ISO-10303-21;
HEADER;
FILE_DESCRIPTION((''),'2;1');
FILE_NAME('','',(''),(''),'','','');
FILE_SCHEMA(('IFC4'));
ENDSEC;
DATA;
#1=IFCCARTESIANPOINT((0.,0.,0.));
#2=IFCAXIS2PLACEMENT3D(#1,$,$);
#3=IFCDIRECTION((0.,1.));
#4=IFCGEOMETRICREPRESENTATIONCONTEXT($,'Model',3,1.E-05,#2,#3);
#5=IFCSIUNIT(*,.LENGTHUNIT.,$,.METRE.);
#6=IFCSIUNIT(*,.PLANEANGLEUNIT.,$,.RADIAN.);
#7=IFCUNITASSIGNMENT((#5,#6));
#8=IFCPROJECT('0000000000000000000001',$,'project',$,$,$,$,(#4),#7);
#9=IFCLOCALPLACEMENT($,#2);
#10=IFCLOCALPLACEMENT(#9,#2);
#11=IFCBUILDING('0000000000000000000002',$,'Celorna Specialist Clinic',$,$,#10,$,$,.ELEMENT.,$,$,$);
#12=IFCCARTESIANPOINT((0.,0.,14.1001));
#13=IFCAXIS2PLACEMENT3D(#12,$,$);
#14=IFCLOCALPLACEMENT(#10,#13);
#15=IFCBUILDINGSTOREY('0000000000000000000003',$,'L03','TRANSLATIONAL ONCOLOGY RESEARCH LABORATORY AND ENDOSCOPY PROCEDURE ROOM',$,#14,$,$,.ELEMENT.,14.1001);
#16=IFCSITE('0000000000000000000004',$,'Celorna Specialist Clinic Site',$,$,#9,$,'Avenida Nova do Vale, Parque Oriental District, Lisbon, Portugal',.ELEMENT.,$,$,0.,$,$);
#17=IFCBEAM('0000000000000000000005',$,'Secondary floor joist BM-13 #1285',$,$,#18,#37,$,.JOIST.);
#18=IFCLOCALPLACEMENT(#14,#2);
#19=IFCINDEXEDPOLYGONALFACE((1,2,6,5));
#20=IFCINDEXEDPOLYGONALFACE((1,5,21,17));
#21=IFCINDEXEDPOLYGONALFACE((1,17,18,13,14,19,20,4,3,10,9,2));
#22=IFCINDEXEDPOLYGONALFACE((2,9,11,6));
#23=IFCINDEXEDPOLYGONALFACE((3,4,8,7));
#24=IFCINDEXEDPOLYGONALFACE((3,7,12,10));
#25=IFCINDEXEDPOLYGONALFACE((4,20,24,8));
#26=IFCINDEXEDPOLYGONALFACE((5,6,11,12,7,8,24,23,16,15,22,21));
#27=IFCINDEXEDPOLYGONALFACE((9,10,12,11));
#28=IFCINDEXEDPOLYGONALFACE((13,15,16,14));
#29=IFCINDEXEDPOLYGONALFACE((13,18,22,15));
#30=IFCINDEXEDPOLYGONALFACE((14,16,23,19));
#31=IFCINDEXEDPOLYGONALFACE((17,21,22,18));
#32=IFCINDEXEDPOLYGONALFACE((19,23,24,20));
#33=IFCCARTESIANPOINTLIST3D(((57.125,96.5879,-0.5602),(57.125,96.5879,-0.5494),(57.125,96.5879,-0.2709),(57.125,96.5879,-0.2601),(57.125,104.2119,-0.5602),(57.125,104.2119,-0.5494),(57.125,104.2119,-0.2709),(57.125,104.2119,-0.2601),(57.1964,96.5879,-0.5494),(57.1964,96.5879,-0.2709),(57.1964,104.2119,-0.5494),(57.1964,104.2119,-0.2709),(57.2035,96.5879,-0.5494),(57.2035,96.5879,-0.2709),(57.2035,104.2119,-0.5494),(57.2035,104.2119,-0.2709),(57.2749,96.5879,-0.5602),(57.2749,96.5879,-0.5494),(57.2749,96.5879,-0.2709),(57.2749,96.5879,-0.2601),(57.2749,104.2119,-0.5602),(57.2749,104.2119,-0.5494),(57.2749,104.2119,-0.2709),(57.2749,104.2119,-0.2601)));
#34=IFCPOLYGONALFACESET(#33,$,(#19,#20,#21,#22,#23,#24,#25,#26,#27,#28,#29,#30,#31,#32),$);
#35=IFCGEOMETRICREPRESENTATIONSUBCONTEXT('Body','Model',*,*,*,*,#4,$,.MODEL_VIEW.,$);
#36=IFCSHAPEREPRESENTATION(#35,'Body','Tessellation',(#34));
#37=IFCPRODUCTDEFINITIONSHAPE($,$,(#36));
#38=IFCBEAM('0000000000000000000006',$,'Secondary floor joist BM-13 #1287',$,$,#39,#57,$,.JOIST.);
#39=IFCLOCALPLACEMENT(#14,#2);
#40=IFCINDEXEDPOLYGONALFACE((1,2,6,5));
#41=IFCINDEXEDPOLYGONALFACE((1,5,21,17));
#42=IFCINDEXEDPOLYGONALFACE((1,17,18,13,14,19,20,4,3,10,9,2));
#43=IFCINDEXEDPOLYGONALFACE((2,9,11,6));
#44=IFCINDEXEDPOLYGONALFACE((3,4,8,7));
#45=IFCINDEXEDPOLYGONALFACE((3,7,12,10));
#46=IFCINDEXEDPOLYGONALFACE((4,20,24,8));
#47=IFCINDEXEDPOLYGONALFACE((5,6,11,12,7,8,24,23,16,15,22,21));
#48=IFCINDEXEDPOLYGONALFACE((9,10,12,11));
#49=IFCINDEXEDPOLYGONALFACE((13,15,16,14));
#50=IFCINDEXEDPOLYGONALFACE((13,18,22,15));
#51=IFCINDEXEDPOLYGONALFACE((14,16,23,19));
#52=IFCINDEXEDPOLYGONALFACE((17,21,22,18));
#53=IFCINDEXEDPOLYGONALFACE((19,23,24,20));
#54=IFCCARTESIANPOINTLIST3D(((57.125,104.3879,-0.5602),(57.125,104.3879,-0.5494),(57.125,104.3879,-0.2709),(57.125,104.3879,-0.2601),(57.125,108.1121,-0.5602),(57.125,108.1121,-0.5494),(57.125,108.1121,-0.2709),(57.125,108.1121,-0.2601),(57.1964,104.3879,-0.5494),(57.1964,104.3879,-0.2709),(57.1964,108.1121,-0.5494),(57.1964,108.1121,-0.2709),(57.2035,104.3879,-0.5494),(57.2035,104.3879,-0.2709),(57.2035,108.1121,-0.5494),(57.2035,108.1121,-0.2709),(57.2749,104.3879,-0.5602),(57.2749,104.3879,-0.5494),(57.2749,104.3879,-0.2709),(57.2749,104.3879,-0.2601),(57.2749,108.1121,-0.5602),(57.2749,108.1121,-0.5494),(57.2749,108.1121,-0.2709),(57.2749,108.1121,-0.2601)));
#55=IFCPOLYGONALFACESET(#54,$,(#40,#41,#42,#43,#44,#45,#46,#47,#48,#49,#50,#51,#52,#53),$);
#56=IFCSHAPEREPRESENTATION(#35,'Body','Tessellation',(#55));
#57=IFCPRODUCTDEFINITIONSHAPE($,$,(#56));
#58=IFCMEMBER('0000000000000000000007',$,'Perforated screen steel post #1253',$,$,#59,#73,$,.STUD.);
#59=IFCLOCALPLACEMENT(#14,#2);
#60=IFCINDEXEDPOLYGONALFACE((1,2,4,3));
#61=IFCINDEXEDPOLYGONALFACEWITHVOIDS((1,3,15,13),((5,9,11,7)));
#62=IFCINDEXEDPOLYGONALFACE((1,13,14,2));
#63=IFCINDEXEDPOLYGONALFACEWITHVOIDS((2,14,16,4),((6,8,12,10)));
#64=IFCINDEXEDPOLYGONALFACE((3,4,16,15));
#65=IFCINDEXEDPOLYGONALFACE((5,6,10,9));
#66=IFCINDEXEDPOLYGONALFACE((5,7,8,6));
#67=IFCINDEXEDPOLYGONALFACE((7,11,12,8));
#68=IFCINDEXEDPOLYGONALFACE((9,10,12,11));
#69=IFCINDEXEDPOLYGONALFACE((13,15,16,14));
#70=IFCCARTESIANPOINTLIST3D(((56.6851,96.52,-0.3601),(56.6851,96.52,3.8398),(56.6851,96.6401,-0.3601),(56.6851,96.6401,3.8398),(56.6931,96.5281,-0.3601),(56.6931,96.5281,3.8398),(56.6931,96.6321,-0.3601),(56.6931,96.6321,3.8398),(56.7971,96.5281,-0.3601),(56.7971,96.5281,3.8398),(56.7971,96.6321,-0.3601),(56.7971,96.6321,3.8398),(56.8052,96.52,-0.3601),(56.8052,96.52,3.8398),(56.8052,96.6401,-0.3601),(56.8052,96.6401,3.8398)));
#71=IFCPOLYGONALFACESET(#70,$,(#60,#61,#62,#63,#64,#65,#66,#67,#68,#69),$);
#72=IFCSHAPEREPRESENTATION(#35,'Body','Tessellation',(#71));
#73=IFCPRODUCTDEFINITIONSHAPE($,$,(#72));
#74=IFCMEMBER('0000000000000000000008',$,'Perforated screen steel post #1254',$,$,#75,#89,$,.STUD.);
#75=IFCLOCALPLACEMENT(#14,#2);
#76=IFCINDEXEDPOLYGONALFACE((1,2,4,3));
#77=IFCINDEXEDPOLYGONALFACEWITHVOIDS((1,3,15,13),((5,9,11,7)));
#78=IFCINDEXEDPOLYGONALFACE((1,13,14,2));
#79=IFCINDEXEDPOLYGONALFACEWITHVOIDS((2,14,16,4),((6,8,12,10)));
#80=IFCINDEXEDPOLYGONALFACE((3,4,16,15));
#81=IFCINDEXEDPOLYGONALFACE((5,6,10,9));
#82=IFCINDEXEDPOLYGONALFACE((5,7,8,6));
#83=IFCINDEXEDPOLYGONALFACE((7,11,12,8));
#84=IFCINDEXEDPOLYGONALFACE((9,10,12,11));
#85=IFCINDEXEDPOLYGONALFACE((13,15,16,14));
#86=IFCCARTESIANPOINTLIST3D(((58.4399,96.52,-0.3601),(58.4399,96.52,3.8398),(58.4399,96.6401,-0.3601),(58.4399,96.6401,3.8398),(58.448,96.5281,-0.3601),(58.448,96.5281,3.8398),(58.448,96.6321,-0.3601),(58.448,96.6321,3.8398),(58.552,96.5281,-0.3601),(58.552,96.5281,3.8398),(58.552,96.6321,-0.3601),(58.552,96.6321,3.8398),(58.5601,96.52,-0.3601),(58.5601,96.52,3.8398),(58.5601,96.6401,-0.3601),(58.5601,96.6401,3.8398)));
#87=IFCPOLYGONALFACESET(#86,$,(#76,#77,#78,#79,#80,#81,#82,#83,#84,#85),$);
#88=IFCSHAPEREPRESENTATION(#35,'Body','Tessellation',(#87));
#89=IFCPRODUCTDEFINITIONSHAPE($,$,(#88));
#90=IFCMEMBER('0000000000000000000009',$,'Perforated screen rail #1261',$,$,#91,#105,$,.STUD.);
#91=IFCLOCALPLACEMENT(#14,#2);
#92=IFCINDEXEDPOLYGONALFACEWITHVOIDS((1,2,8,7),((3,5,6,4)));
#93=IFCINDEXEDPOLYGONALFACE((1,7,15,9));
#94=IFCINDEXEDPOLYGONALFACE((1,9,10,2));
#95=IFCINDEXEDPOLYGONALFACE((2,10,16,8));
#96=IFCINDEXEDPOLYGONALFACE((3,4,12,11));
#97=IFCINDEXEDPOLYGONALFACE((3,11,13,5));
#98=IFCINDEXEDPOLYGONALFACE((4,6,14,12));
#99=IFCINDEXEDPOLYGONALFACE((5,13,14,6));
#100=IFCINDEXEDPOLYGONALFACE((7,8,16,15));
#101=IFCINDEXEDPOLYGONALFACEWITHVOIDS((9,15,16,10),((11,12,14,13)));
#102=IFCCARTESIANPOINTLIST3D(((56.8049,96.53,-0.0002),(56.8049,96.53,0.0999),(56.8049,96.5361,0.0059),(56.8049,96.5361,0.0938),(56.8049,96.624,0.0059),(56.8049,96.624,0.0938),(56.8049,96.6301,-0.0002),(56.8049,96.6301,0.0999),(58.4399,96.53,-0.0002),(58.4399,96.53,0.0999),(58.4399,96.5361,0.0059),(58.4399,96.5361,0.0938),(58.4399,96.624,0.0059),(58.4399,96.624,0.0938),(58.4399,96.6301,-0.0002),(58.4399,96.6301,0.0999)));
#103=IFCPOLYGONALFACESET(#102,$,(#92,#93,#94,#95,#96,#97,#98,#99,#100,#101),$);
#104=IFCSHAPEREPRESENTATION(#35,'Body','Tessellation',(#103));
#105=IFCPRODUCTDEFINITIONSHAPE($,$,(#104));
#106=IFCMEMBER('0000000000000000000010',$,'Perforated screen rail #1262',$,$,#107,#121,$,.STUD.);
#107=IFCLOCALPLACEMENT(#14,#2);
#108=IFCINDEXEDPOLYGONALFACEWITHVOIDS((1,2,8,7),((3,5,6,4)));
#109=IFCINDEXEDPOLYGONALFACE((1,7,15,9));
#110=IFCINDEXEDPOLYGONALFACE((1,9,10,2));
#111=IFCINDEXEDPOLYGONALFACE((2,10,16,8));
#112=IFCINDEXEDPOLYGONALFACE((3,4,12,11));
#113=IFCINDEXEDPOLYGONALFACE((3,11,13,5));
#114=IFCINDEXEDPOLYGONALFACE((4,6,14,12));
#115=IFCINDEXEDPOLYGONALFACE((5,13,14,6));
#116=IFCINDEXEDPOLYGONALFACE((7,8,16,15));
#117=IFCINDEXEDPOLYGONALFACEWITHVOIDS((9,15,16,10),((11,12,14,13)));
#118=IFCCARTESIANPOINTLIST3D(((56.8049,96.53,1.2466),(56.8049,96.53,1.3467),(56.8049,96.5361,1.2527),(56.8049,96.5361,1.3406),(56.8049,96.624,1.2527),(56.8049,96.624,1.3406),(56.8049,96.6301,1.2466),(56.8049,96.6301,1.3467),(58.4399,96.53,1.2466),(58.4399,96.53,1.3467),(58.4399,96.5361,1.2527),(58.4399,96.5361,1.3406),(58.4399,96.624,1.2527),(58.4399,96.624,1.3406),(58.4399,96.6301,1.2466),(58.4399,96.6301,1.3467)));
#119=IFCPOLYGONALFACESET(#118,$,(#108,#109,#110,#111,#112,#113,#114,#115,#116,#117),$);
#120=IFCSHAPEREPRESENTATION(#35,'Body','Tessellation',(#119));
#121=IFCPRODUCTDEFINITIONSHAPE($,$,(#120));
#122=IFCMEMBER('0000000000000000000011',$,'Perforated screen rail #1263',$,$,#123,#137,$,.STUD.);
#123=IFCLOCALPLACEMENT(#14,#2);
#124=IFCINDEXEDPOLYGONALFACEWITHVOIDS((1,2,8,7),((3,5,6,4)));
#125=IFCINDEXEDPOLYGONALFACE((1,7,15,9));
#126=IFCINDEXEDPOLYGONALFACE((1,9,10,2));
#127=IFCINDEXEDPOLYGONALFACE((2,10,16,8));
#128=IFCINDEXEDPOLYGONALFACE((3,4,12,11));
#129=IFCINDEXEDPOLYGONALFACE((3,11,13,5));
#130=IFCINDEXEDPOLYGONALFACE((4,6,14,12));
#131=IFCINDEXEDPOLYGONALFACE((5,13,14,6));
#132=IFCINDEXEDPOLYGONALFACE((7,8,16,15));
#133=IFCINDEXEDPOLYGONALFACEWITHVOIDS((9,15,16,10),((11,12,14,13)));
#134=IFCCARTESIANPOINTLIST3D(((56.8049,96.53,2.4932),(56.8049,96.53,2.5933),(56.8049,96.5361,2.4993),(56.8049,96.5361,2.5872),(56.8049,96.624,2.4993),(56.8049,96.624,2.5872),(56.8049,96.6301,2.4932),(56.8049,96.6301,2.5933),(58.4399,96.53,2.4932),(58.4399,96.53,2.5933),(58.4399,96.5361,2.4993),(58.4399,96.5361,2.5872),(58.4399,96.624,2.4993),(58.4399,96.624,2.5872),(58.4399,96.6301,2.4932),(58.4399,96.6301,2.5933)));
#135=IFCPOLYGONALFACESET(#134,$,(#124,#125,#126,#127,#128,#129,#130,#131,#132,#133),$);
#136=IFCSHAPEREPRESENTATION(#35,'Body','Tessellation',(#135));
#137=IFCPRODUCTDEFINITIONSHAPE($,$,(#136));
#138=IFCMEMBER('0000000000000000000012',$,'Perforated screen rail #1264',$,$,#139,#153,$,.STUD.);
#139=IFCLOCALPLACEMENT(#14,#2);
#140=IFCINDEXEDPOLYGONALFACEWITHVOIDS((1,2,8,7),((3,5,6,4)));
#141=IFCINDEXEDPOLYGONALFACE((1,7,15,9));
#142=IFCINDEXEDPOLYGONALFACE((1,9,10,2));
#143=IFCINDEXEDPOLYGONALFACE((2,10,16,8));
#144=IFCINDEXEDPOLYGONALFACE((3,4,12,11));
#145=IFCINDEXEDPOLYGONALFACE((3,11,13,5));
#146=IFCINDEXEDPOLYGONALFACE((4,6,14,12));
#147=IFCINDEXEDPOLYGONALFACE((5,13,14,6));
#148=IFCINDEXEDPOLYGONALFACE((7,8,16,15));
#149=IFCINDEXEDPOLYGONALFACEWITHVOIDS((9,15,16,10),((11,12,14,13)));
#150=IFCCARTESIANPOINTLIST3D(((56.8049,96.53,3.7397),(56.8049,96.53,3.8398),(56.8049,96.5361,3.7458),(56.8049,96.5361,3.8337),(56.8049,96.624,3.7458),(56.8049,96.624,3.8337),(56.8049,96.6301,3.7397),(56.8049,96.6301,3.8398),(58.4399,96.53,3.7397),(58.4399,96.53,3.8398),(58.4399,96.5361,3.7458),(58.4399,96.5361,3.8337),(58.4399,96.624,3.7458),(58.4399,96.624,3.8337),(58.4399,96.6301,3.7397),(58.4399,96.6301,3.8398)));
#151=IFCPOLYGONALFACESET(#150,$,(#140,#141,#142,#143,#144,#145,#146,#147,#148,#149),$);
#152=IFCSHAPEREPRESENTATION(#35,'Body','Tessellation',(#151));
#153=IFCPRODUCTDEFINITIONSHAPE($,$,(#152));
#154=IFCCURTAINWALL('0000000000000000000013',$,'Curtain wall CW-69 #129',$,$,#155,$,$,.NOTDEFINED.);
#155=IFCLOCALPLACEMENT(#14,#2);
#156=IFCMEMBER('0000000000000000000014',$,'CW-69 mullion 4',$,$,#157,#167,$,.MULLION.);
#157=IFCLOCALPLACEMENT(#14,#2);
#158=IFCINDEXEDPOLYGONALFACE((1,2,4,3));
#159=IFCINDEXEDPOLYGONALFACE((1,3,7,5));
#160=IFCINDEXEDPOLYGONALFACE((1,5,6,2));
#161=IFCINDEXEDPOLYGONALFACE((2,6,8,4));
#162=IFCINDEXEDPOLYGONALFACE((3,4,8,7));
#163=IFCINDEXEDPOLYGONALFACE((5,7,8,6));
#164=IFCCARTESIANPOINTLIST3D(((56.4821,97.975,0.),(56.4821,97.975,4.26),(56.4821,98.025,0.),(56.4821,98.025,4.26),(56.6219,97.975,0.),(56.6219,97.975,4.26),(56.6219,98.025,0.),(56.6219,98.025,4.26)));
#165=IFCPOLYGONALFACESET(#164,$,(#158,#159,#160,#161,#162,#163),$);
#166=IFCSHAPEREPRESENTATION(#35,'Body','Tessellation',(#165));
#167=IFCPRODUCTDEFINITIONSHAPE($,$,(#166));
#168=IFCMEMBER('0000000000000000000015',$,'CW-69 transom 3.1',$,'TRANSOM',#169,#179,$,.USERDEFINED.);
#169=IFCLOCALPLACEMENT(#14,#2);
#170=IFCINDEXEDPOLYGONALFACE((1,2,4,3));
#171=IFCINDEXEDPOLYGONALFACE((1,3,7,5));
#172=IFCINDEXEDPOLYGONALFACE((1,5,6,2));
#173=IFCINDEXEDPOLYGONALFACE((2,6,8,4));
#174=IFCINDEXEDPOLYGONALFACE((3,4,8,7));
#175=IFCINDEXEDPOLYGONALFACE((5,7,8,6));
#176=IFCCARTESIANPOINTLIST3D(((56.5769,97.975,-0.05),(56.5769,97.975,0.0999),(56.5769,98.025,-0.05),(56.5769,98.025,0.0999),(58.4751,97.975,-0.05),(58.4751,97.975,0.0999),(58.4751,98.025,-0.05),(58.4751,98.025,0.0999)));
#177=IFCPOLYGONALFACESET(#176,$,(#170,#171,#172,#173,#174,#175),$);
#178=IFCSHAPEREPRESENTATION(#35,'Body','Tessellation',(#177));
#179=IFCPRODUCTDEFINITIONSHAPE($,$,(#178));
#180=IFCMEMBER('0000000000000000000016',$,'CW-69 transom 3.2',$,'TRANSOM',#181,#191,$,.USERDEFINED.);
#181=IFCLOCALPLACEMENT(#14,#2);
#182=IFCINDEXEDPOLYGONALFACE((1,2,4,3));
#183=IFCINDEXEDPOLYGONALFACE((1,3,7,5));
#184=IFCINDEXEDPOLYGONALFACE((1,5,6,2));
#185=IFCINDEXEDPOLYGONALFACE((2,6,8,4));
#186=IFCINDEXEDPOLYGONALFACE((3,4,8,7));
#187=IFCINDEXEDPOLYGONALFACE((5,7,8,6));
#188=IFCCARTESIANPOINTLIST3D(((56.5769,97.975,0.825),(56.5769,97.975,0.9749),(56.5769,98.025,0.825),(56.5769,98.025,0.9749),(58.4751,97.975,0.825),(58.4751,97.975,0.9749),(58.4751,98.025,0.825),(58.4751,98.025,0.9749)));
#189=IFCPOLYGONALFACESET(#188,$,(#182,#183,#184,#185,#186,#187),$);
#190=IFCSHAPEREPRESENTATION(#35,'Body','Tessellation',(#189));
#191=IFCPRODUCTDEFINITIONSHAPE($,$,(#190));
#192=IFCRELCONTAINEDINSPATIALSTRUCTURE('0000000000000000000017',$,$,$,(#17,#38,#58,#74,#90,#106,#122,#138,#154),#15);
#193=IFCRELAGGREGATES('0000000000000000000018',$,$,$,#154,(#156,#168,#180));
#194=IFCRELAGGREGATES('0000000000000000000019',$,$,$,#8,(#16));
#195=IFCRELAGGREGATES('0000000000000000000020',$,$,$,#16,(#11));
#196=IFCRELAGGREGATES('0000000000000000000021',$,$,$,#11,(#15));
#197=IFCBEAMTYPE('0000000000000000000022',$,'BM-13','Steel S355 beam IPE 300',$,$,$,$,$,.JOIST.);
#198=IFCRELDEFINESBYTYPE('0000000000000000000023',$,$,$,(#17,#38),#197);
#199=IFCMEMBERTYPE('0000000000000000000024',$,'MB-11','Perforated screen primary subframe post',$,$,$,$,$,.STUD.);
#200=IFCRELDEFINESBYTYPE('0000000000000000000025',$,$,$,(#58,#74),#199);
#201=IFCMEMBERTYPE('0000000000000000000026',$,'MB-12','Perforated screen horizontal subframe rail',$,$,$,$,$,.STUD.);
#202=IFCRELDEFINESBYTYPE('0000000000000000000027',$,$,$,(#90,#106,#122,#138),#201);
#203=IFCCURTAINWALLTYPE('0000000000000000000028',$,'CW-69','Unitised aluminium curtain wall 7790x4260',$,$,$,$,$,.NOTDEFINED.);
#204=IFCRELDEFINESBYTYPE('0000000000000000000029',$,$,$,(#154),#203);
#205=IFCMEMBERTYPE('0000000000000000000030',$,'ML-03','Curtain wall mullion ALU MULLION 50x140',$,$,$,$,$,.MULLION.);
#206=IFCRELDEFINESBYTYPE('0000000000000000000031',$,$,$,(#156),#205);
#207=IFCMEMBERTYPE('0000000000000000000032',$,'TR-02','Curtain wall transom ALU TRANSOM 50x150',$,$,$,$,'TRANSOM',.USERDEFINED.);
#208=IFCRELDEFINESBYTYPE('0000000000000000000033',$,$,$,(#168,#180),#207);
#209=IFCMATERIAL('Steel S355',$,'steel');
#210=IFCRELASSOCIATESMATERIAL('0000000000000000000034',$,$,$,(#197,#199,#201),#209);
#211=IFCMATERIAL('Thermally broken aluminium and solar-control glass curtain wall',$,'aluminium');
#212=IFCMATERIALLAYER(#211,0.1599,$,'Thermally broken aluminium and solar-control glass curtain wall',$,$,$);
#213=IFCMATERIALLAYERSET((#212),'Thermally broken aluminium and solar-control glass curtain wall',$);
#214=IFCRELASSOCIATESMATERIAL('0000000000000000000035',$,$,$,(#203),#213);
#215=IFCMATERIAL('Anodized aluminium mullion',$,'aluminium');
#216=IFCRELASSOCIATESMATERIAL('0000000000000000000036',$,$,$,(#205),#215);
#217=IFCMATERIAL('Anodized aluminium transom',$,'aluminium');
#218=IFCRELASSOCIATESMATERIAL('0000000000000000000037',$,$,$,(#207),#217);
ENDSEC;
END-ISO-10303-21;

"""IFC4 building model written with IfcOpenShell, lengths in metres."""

from ifc_helpers import new_model, si_unit, direction, frame, origin, origin_2d, place, context, subcontext, project, spatial, rectangle, hollow_rectangle, i_section, extrude, material, layer, layer_set, material_profile, profile_set, type_object, element, aggregate, save


model = new_model("IFC4")

# Units and contexts
model_context = context("Model", 3, precision=1e-05, world=origin(), true_north=direction((0.0, 1.0)))
body_context = subcontext(model_context, "Body", "Model", "MODEL_VIEW")
ifc_project = project(units=[si_unit("LENGTHUNIT", "METRE"), si_unit("PLANEANGLEUNIT", "RADIAN")], contexts=[model_context])

# Site, building, storey
site_placement = place(None, origin())
site = spatial("IfcSite", under=ifc_project, at=site_placement, Name="Celorna Specialist Clinic Site", LongName="Avenida Nova do Vale, Parque Oriental District, Lisbon, Portugal", CompositionType="ELEMENT", RefElevation=0.0)
building_placement = place(site_placement, origin())
building = spatial("IfcBuilding", under=site, at=building_placement, Name="Celorna Specialist Clinic", CompositionType="ELEMENT")
storey_placement = place(building_placement, frame((0.0, 0.0, 14.1001)))
storey = spatial("IfcBuildingStorey", under=building, at=storey_placement, Name="L03", Description="TRANSLATIONAL ONCOLOGY RESEARCH LABORATORY AND ENDOSCOPY PROCEDURE ROOM", CompositionType="ELEMENT", Elevation=14.1001)

# Beams
ifc_material_1 = material(Name="Steel S355", Category="steel")
ifc_material_profile_1 = material_profile(ifc_material_1, i_section(OverallWidth=0.1499, OverallDepth=0.3, WebThickness=0.0071, FlangeThickness=0.0107, at=origin_2d()), Name="IPE 300")
ifc_profile_set_1 = profile_set([ifc_material_profile_1], Name="Steel S355")
beam_type = type_object("IfcBeamType", Name="BM-13", Description="Steel S355 beam IPE 300", PredefinedType="JOIST", material=ifc_profile_set_1)
beam_1_placement = place(storey_placement, frame((57.2, 96.5879, -0.4102), z_axis=(0.0, 1.0, 0.0), x_axis=(-1.0, 0.0, 0.0)))
element("IfcBeam", 1, at=beam_1_placement, inside=storey, type_object=beam_type, Name="Secondary floor joist BM-13 #1285", PredefinedType="JOIST", context=body_context, shape_type="SweptSolid", body=[
    extrude(i_section(OverallWidth=0.1499, OverallDepth=0.3, WebThickness=0.0071, FlangeThickness=0.0107, at=origin_2d()), origin(), (0.0, 0.0, 1.0), 7.624),
])
beam_2_placement = place(storey_placement, frame((57.2, 104.3879, -0.4102), z_axis=(0.0, 1.0, 0.0), x_axis=(-1.0, 0.0, 0.0)))
element("IfcBeam", 2, at=beam_2_placement, inside=storey, type_object=beam_type, Name="Secondary floor joist BM-13 #1287", PredefinedType="JOIST", context=body_context, shape_type="SweptSolid", body=[
    extrude(i_section(OverallWidth=0.1499, OverallDepth=0.3, WebThickness=0.0071, FlangeThickness=0.0107, at=origin_2d()), origin(), (0.0, 0.0, 1.0), 3.7241),
])

# Members
ifc_material_profile_2 = material_profile(ifc_material_1, hollow_rectangle(XDim=0.1201, YDim=0.1201, WallThickness=0.0081, at=origin_2d()), Name="SHS 120x120x8")
ifc_profile_set_2 = profile_set([ifc_material_profile_2], Name="Steel S355")
member_type_1 = type_object("IfcMemberType", Name="MB-11", Description="Perforated screen primary subframe post", PredefinedType="STUD", material=ifc_profile_set_2)
for number, where, z_axis, x_axis, name in (
    (3, (56.7451, 96.5801, -0.3601), (0.0, 0.0, 1.0), (1.0, 0.0, 0.0), "Perforated screen steel post #1253"),
    (4, (58.5, 96.5801, -0.3601), (0.0, 0.0, 1.0), (1.0, 0.0, 0.0), "Perforated screen steel post #1254"),
):
    element("IfcMember", number, at=place(storey_placement, frame(where, z_axis=z_axis, x_axis=x_axis)), inside=storey, type_object=member_type_1, Name=name, PredefinedType="STUD", context=body_context, shape_type="SweptSolid", body=[
        extrude(hollow_rectangle(XDim=0.1201, YDim=0.1201, WallThickness=0.0081, at=origin_2d()), origin(), (0.0, 0.0, 1.0), 4.2),
    ])
ifc_material_profile_3 = material_profile(ifc_material_1, hollow_rectangle(XDim=0.1001, YDim=0.1001, WallThickness=0.0061, at=origin_2d()), Name="SHS 100x100x6")
ifc_profile_set_3 = profile_set([ifc_material_profile_3], Name="Steel S355")
member_type_2 = type_object("IfcMemberType", Name="MB-12", Description="Perforated screen horizontal subframe rail", PredefinedType="STUD", material=ifc_profile_set_3)
for number, where, z_axis, x_axis, name in (
    (5, (56.8049, 96.5801, 0.0498), (1.0, 0.0, 0.0), (0.0, 1.0, 0.0), "Perforated screen rail #1261"),
    (6, (56.8049, 96.5801, 1.2966), (1.0, 0.0, 0.0), (0.0, 1.0, 0.0), "Perforated screen rail #1262"),
    (7, (56.8049, 96.5801, 2.5432), (1.0, 0.0, 0.0), (0.0, 1.0, 0.0), "Perforated screen rail #1263"),
    (8, (56.8049, 96.5801, 3.7898), (1.0, 0.0, 0.0), (0.0, 1.0, 0.0), "Perforated screen rail #1264"),
):
    element("IfcMember", number, at=place(storey_placement, frame(where, z_axis=z_axis, x_axis=x_axis)), inside=storey, type_object=member_type_2, Name=name, PredefinedType="STUD", context=body_context, shape_type="SweptSolid", body=[
        extrude(hollow_rectangle(XDim=0.1001, YDim=0.1001, WallThickness=0.0061, at=origin_2d()), origin(), (0.0, 0.0, 1.0), 1.635),
    ])

# Curtain wall, members
ifc_material_2 = material(Name="Thermally broken aluminium and solar-control glass curtain wall", Category="aluminium")
ifc_layer_1 = layer(ifc_material_2, 0.1599, Name="Thermally broken aluminium and solar-control glass curtain wall")
ifc_layer_set_1 = layer_set([ifc_layer_1], Name="Thermally broken aluminium and solar-control glass curtain wall")
curtain_wall_type = type_object("IfcCurtainWallType", Name="CW-69", Description="Unitised aluminium curtain wall 7790x4260", PredefinedType="NOTDEFINED", material=ifc_layer_set_1)
curtain_wall_placement = place(storey_placement, origin())
curtain_wall = element("IfcCurtainWall", 9, at=curtain_wall_placement, inside=storey, type_object=curtain_wall_type, Name="Curtain wall CW-69 #129", PredefinedType="NOTDEFINED")
ifc_material_3 = material(Name="Anodized aluminium mullion", Category="aluminium")
ifc_material_profile_4 = material_profile(ifc_material_3, rectangle(XDim=0.05, YDim=0.1399, at=origin_2d()), Name="ALU MULLION 50x140")
ifc_profile_set_4 = profile_set([ifc_material_profile_4], Name="Anodized aluminium mullion")
member_type_3 = type_object("IfcMemberType", Name="ML-03", Description="Curtain wall mullion ALU MULLION 50x140", PredefinedType="MULLION", material=ifc_profile_set_4)
member_1_placement = place(storey_placement, frame((56.552, 98.0, 0.0), z_axis=(0.0, 0.0, 1.0), x_axis=(0.0, -1.0, 0.0)))
member_1 = element("IfcMember", 10, at=member_1_placement, type_object=member_type_3, Name="CW-69 mullion 4", PredefinedType="MULLION", context=body_context, shape_type="SweptSolid", body=[
    extrude(rectangle(XDim=0.05, YDim=0.1399, at=origin_2d()), origin(), (0.0, 0.0, 1.0), 4.26),
])
ifc_material_4 = material(Name="Anodized aluminium transom", Category="aluminium")
ifc_material_profile_5 = material_profile(ifc_material_4, rectangle(XDim=0.05, YDim=0.1499, at=origin_2d()), Name="ALU TRANSOM 50x150")
ifc_profile_set_5 = profile_set([ifc_material_profile_5], Name="Anodized aluminium transom")
member_type_4 = type_object("IfcMemberType", Name="TR-02", Description="Curtain wall transom ALU TRANSOM 50x150", ElementType="TRANSOM", PredefinedType="USERDEFINED", material=ifc_profile_set_5)
member_2_placement = place(storey_placement, frame((58.4751, 98.0, 0.0249), z_axis=(-1.0, 0.0, 0.0), x_axis=(0.0, -1.0, 0.0)))
member_2 = element("IfcMember", 11, at=member_2_placement, type_object=member_type_4, Name="CW-69 transom 3.1", ObjectType="TRANSOM", PredefinedType="USERDEFINED", context=body_context, shape_type="SweptSolid", body=[
    extrude(rectangle(XDim=0.05, YDim=0.1499, at=origin_2d()), origin(), (0.0, 0.0, 1.0), 1.8982),
])
member_3_placement = place(storey_placement, frame((58.4751, 98.0, 0.8999), z_axis=(-1.0, 0.0, 0.0), x_axis=(0.0, -1.0, 0.0)))
member_3 = element("IfcMember", 12, at=member_3_placement, type_object=member_type_4, Name="CW-69 transom 3.2", ObjectType="TRANSOM", PredefinedType="USERDEFINED", context=body_context, shape_type="SweptSolid", body=[
    extrude(rectangle(XDim=0.05, YDim=0.1499, at=origin_2d()), origin(), (0.0, 0.0, 1.0), 1.8982),
])
aggregate(curtain_wall, [member_1, member_2, member_3])

save(model, "model.ifc")
